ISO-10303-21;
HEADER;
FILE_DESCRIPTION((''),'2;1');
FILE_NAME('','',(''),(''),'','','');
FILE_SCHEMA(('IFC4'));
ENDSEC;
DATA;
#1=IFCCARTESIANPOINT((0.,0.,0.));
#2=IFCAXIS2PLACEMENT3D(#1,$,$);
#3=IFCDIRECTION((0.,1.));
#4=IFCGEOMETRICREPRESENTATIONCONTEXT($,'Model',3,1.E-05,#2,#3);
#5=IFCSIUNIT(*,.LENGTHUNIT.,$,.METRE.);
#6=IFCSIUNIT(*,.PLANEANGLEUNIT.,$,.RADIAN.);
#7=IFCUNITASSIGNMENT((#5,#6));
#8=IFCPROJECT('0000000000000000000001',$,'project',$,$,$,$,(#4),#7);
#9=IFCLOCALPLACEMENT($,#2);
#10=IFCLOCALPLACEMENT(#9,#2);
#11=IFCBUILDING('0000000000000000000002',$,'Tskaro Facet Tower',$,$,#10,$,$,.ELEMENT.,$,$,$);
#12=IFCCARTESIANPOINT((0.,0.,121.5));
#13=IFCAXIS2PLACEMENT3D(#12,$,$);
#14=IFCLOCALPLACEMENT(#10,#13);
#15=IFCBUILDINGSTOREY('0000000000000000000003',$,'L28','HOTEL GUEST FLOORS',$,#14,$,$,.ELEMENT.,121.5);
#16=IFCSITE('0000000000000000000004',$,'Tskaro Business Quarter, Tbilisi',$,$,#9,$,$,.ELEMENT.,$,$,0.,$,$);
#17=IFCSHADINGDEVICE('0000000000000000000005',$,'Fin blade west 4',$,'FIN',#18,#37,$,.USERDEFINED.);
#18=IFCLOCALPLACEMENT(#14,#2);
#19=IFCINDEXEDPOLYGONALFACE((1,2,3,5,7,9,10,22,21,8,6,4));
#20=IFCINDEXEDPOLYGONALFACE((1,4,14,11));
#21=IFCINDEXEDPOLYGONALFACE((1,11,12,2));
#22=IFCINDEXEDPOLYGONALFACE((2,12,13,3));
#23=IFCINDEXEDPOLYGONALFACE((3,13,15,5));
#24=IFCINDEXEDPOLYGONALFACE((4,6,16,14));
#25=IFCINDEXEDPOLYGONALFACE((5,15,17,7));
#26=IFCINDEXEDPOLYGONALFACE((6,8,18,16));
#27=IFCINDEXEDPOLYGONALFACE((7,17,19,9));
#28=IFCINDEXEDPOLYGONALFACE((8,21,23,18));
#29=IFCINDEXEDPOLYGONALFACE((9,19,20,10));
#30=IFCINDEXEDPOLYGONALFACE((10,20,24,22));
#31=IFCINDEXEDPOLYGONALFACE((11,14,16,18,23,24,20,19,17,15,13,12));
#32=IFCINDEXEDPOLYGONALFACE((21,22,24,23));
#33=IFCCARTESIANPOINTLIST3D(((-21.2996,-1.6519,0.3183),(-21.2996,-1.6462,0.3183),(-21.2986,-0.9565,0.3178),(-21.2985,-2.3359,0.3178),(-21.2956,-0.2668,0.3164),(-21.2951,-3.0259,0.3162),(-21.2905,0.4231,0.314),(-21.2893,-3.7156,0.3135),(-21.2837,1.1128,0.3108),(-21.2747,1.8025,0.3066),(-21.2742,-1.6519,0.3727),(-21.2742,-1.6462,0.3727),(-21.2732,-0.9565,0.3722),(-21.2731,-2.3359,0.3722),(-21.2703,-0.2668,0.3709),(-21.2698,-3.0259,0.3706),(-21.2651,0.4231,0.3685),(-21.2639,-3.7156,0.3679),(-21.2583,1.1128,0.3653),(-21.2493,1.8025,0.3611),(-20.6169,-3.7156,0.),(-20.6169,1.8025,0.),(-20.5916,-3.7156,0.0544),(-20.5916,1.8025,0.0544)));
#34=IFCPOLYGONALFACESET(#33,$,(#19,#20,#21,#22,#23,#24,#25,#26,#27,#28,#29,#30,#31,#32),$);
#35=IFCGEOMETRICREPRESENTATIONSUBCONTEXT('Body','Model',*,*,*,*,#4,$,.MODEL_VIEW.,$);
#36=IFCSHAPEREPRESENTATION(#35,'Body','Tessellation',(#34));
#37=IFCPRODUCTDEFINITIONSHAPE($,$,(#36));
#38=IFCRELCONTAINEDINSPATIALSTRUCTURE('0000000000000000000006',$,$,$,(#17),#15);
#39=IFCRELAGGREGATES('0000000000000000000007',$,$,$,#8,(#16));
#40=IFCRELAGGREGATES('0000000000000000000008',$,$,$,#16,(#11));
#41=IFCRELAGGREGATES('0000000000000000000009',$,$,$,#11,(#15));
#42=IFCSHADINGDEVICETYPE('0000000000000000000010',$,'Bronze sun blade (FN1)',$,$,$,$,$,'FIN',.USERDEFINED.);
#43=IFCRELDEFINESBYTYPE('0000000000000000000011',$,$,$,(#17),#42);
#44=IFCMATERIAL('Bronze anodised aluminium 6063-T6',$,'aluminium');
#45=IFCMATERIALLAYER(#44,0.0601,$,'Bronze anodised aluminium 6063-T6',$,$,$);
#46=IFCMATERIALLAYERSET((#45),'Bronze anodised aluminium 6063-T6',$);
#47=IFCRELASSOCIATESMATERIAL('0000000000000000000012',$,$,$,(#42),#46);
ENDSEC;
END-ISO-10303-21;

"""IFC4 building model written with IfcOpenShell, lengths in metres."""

from ifc_helpers import new_model, si_unit, direction, frame, origin, place, context, subcontext, project, spatial, polyline, outline, extrude, material, layer, layer_set, type_object, element, save


model = new_model("IFC4")

# Units and contexts
model_context = context("Model", 3, precision=1e-05, world=origin(), true_north=direction((0.0, 1.0)))
body_context = subcontext(model_context, "Body", "Model", "MODEL_VIEW")
ifc_project = project(units=[si_unit("LENGTHUNIT", "METRE"), si_unit("PLANEANGLEUNIT", "RADIAN")], contexts=[model_context])

# Site, building, storey
site_placement = place(None, origin())
site = spatial("IfcSite", under=ifc_project, at=site_placement, Name="Tskaro Business Quarter, Tbilisi", CompositionType="ELEMENT", RefElevation=0.0)
building_placement = place(site_placement, origin())
building = spatial("IfcBuilding", under=site, at=building_placement, Name="Tskaro Facet Tower", CompositionType="ELEMENT")
storey_placement = place(building_placement, frame((0.0, 0.0, 121.5)))
storey = spatial("IfcBuildingStorey", under=building, at=storey_placement, Name="L28", Description="HOTEL GUEST FLOORS", CompositionType="ELEMENT", Elevation=121.5)

# Shared definitions
ifc_material_1 = material(Name="Bronze anodised aluminium 6063-T6", Category="aluminium")

# Shading device
ifc_layer_1 = layer(ifc_material_1, 0.0601, Name="Bronze anodised aluminium 6063-T6")
ifc_layer_set_1 = layer_set([ifc_layer_1], Name="Bronze anodised aluminium 6063-T6")
shading_device_type = type_object("IfcShadingDeviceType", Name="Bronze sun blade (FN1)", ElementType="FIN", PredefinedType="USERDEFINED", material=ifc_layer_set_1)
shading_device_1_placement = place(storey_placement, frame((-20.5916, 1.8025, 0.0544), z_axis=(0.422529, 0.000001, 0.906349), x_axis=(0.0, -1.0, 0.000001)))
element("IfcShadingDevice", 1, at=shading_device_1_placement, inside=storey, type_object=shading_device_type, Name="Fin blade west 4", ObjectType="FIN", PredefinedType="USERDEFINED", context=body_context, shape_type="SweptSolid", body=[
    extrude(outline(polyline([(0.0, 0.0), (5.5181, 0.0), (5.5181, -0.7418), (4.8284, -0.7483), (4.1384, -0.752), (3.4543, -0.7532), (3.4487, -0.7532), (2.759, -0.7521), (2.0693, -0.7488), (1.3794, -0.7432), (0.6897, -0.7356), (0.0, -0.7257), (0.0, 0.0)])), origin(), (0.0, 0.0, -1.0), 0.0601),
])

save(model, "model.ifc")
